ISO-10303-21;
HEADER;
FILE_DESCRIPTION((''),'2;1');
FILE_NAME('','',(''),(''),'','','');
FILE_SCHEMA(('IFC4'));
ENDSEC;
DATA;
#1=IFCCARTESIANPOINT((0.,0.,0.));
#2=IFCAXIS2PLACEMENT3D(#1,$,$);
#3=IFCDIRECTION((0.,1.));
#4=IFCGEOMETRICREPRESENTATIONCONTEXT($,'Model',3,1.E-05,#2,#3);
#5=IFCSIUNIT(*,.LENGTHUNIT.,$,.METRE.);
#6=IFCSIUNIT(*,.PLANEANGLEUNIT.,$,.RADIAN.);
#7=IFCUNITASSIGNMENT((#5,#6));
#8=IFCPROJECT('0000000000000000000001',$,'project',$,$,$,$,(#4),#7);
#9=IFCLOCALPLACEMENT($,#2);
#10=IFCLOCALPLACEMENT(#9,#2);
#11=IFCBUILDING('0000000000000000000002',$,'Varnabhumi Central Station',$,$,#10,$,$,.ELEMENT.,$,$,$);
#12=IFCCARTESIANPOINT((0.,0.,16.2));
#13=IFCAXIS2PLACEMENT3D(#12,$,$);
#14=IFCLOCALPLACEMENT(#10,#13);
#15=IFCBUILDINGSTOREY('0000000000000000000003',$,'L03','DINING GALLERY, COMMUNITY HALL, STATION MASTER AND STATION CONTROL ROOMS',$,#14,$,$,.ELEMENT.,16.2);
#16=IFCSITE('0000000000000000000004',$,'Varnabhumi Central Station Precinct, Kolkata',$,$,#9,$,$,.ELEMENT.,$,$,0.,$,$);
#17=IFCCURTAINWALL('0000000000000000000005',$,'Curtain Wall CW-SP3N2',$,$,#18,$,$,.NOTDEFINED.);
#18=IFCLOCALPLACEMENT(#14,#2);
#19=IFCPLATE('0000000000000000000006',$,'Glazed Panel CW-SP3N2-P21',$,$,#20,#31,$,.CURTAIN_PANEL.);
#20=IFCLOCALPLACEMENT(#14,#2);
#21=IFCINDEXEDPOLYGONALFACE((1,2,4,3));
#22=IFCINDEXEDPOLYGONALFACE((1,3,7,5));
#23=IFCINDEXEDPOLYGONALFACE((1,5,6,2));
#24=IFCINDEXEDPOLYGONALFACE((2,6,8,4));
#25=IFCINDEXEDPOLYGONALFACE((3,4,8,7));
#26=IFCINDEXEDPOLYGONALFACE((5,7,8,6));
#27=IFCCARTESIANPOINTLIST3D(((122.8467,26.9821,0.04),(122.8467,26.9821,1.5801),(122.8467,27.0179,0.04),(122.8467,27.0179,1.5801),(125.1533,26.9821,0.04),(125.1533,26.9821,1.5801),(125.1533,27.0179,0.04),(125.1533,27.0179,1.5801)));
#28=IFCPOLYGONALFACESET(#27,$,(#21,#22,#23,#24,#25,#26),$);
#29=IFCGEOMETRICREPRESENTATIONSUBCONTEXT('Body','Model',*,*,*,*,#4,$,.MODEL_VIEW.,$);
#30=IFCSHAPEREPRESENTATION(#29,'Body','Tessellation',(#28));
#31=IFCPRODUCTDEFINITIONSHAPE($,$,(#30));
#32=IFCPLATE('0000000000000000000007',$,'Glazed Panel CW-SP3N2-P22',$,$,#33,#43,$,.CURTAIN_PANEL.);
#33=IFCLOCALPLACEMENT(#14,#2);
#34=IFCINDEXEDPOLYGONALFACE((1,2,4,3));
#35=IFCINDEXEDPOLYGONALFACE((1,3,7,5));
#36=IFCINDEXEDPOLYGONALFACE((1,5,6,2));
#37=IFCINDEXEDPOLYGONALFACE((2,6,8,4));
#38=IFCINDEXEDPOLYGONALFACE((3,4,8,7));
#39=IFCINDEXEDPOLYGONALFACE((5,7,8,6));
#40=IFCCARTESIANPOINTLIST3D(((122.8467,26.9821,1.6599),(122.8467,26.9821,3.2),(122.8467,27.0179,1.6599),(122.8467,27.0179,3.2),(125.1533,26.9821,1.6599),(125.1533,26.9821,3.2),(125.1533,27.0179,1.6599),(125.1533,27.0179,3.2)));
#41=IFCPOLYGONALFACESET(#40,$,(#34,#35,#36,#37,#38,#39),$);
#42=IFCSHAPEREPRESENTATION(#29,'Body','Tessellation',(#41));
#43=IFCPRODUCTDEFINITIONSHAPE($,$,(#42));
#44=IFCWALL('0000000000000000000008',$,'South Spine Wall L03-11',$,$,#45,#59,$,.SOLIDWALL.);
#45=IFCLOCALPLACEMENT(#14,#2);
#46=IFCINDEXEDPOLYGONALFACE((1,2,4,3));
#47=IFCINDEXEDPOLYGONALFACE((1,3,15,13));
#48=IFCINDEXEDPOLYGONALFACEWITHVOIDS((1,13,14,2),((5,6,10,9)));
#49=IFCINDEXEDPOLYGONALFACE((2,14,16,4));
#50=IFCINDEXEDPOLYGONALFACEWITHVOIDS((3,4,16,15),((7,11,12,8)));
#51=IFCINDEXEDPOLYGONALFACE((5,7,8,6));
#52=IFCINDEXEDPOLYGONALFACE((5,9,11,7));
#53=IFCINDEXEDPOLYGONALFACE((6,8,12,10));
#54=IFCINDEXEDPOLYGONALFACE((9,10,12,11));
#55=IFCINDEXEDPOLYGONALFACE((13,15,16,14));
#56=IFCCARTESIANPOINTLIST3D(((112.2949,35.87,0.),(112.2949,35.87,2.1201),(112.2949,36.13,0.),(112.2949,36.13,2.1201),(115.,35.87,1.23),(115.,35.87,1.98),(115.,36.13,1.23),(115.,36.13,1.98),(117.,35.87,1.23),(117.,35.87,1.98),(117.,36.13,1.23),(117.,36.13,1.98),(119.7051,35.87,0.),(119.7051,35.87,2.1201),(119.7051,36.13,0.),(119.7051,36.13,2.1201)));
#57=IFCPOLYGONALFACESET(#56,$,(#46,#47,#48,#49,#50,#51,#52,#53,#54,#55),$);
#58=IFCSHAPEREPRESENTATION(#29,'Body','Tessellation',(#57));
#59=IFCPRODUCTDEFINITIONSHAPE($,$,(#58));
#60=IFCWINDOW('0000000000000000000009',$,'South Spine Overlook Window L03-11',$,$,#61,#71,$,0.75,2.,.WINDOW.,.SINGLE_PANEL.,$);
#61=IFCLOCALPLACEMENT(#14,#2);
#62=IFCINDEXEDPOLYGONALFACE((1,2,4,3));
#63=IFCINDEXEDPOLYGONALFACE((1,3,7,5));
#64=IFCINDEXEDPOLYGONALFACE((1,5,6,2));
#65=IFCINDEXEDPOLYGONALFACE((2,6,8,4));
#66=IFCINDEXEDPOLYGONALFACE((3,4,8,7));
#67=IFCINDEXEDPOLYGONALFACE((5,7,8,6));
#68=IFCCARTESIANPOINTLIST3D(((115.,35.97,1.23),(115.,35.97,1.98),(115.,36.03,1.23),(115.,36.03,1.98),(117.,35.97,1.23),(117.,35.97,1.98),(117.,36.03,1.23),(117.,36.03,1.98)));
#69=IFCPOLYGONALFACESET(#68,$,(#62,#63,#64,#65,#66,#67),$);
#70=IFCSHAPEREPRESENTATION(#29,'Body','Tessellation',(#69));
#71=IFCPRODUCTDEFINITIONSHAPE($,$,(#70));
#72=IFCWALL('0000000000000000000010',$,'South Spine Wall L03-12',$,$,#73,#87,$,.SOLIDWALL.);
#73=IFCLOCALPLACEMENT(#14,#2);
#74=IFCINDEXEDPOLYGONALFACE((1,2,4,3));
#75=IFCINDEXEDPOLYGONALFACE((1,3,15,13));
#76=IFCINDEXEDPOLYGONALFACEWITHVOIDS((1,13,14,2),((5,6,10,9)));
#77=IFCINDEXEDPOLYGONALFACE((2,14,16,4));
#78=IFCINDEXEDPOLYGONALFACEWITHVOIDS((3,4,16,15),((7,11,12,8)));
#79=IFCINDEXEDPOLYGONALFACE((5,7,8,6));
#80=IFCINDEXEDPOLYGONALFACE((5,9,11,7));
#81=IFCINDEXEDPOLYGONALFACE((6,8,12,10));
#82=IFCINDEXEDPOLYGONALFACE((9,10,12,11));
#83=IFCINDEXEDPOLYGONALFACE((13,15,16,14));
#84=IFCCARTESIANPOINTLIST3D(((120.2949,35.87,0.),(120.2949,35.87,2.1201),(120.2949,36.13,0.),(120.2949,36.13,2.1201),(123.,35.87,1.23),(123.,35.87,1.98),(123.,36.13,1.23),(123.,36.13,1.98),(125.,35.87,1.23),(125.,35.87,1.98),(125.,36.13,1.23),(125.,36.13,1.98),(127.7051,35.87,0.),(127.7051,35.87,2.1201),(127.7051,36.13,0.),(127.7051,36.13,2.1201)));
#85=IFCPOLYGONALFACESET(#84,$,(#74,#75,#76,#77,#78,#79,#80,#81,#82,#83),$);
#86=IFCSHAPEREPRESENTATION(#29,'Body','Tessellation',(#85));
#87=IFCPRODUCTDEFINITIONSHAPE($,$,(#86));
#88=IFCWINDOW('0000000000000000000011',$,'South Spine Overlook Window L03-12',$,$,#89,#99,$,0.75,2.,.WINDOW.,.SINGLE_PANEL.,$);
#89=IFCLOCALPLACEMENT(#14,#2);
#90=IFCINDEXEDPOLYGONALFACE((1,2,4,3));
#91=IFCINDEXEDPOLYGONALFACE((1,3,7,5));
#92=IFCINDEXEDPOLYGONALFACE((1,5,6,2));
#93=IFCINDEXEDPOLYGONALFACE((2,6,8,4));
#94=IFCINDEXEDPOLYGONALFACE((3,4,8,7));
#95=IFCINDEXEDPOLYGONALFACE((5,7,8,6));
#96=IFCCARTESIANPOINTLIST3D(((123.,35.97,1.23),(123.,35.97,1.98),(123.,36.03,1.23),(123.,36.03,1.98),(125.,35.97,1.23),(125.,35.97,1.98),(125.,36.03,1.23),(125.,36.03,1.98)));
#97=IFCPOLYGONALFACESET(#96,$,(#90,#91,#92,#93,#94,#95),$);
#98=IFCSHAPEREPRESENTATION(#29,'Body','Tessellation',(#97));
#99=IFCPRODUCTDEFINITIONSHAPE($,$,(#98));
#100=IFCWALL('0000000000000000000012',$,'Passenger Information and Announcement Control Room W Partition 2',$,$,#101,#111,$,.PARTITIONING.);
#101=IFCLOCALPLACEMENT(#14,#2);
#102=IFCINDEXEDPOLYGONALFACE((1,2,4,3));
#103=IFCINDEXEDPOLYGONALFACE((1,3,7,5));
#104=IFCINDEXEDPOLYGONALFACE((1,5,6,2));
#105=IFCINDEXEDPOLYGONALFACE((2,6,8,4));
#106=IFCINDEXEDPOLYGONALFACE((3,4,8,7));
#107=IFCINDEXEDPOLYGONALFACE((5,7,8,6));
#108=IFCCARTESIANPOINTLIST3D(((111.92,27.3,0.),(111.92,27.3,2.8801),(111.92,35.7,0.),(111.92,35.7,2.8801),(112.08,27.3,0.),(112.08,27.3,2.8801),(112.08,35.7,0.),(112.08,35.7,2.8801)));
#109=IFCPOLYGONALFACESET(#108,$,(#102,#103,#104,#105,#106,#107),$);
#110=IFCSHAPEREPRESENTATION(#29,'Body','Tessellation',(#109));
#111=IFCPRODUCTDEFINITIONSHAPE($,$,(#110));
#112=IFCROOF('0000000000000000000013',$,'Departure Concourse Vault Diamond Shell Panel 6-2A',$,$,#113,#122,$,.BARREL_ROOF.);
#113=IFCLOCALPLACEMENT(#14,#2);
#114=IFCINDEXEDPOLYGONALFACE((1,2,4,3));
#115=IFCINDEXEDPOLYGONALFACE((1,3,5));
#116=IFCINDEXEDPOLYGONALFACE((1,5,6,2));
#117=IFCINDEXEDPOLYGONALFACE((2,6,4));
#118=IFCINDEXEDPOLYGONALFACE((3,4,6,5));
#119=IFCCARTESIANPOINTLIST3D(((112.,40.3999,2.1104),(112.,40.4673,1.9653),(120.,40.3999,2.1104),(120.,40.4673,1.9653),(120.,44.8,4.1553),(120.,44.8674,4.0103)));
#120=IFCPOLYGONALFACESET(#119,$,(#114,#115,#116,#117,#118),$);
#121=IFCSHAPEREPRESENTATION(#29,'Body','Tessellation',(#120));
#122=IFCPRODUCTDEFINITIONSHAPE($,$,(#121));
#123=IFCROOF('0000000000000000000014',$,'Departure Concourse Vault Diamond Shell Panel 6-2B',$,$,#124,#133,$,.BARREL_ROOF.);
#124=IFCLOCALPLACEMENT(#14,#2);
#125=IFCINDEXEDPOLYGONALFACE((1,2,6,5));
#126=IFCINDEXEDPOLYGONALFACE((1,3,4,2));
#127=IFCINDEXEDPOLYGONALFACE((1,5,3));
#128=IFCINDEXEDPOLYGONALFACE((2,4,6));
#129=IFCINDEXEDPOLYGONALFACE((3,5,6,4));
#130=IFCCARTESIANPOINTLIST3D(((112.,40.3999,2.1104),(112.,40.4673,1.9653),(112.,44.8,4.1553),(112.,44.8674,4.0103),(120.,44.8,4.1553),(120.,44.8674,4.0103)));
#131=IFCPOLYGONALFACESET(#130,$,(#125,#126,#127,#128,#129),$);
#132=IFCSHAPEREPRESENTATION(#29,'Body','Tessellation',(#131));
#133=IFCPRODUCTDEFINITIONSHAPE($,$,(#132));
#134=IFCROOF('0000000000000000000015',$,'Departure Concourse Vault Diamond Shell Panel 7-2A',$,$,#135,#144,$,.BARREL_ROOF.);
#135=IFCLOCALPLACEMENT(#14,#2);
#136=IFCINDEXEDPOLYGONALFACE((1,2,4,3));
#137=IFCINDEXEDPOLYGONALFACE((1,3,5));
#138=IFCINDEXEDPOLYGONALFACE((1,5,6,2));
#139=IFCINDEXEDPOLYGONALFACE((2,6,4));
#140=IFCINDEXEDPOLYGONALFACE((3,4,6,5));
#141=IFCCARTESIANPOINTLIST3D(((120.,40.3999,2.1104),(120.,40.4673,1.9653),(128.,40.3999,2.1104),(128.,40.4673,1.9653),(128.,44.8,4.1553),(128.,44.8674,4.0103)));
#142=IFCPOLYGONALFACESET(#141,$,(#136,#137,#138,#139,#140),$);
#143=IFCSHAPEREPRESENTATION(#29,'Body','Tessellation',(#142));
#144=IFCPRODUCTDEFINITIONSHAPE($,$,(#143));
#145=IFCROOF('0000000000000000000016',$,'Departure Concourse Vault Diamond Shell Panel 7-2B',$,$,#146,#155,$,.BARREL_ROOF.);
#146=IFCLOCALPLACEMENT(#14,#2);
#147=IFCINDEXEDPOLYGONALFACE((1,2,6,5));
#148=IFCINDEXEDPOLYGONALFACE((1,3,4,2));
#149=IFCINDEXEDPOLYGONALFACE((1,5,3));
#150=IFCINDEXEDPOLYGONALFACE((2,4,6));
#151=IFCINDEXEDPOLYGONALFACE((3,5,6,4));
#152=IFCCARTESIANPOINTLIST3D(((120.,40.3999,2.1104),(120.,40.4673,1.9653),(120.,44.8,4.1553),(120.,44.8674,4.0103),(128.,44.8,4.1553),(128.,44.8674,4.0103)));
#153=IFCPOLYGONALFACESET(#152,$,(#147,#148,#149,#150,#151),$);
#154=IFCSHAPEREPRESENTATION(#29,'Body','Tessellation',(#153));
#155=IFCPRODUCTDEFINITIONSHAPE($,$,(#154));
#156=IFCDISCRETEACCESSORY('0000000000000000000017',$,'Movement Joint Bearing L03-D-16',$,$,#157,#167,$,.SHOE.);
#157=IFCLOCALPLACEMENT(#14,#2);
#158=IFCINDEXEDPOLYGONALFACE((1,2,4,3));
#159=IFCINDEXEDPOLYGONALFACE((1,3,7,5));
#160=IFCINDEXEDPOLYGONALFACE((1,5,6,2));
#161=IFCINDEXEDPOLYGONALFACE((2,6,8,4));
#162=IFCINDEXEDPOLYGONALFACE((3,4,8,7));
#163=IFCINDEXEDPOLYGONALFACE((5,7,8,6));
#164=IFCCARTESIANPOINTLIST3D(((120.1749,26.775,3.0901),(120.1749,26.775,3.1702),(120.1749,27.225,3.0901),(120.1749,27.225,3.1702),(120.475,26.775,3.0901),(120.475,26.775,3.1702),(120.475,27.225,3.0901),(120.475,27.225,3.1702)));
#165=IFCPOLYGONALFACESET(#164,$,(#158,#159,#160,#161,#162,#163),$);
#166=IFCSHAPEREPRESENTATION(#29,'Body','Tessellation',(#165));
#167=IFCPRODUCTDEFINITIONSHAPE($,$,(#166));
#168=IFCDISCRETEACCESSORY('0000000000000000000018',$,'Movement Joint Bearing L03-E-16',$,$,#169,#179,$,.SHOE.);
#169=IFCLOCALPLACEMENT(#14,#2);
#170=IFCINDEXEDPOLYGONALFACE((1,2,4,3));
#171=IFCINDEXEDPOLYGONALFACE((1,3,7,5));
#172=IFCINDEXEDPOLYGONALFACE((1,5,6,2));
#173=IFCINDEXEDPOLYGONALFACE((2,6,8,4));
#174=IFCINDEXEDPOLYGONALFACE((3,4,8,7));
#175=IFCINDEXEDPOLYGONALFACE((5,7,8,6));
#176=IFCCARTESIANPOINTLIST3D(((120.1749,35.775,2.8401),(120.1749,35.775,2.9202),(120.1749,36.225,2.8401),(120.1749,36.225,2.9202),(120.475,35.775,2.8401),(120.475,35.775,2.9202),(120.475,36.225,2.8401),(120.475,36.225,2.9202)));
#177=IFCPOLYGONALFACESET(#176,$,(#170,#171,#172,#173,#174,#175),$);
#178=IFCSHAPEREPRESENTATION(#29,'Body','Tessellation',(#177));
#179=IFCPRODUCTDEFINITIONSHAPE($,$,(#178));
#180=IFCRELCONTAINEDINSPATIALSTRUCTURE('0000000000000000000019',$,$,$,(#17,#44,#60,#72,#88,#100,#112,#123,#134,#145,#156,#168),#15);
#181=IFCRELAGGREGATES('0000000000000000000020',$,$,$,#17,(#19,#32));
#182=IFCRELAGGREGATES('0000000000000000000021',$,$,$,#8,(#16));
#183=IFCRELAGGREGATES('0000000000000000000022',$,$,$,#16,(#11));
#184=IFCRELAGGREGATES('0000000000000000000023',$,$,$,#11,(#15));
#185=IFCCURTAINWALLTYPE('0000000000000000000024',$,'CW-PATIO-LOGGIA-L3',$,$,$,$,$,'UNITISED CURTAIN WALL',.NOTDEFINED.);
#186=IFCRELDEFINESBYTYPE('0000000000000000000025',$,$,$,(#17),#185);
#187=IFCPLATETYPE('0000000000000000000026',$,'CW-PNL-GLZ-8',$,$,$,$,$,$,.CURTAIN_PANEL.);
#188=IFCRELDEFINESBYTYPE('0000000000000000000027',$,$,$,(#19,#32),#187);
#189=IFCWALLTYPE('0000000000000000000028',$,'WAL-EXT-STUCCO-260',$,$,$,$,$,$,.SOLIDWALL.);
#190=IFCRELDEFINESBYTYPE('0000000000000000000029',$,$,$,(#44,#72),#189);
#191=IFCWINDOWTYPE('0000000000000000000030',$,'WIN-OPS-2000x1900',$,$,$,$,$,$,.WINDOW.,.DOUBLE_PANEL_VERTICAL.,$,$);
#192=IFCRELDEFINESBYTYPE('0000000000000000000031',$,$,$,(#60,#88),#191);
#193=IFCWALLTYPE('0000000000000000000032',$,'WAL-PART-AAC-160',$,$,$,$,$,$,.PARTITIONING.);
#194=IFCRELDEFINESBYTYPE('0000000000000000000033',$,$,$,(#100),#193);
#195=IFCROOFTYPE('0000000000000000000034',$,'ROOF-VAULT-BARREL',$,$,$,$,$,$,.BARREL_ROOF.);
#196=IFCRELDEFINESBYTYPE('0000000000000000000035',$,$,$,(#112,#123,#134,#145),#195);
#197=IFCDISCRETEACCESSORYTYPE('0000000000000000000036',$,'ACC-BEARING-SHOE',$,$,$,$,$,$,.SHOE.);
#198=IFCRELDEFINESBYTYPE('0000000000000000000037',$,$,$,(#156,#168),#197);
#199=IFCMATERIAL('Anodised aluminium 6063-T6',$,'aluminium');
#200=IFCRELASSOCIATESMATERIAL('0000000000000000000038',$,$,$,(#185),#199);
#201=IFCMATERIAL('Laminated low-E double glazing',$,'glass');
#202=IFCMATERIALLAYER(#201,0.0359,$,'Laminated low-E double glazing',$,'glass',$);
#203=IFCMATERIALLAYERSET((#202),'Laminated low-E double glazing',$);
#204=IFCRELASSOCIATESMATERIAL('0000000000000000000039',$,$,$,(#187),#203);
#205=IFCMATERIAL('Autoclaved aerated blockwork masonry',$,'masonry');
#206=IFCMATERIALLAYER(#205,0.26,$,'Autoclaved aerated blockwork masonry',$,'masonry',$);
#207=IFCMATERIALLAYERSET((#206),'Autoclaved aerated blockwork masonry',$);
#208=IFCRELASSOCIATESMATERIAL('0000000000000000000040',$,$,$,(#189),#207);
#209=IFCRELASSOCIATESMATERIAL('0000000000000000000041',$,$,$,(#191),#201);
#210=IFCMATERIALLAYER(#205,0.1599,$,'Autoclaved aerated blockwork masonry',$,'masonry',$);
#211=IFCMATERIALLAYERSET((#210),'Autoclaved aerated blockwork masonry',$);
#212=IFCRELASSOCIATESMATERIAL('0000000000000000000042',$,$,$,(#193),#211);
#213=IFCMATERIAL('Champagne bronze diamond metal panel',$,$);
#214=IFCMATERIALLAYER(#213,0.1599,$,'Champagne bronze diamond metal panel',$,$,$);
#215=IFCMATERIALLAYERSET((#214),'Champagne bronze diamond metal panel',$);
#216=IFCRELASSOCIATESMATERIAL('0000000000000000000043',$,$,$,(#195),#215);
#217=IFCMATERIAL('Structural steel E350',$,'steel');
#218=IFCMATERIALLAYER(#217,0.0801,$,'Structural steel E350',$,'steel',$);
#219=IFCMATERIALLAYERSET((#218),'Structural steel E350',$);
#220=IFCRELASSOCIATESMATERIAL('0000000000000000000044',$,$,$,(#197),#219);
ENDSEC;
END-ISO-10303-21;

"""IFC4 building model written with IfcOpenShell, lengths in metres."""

from ifc_helpers import new_model, si_unit, direction, frame, frame_2d, origin, origin_2d, place, context, subcontext, project, spatial, polyline, rectangle, outline, extrude, material, layer, layer_set, type_object, element, fill, aggregate, save


model = new_model("IFC4")

# Units and contexts
model_context = context("Model", 3, precision=1e-05, world=origin(), true_north=direction((0.0, 1.0)))
body_context = subcontext(model_context, "Body", "Model", "MODEL_VIEW")
ifc_project = project(units=[si_unit("LENGTHUNIT", "METRE"), si_unit("PLANEANGLEUNIT", "RADIAN")], contexts=[model_context])

# Site, building, storey
site_placement = place(None, origin())
site = spatial("IfcSite", under=ifc_project, at=site_placement, Name="Varnabhumi Central Station Precinct, Kolkata", CompositionType="ELEMENT", RefElevation=0.0)
building_placement = place(site_placement, origin())
building = spatial("IfcBuilding", under=site, at=building_placement, Name="Varnabhumi Central Station", CompositionType="ELEMENT")
storey_placement = place(building_placement, frame((0.0, 0.0, 16.2)))
storey = spatial("IfcBuildingStorey", under=building, at=storey_placement, Name="L03", Description="DINING GALLERY, COMMUNITY HALL, STATION MASTER AND STATION CONTROL ROOMS", CompositionType="ELEMENT", Elevation=16.2)

# Shared definitions
ifc_material_1 = material(Name="Structural steel E350", Category="steel")

# Shared definitions
ifc_material_2 = material(Name="Anodised aluminium 6063-T6", Category="aluminium")

# Curtain wall
curtain_wall_type_1 = type_object("IfcCurtainWallType", Name="CW-PATIO-LOGGIA-L3", ElementType="UNITISED CURTAIN WALL", PredefinedType="NOTDEFINED", material=ifc_material_2)
curtain_wall_1_placement = place(storey_placement, origin())
curtain_wall_1 = element("IfcCurtainWall", 1, at=curtain_wall_1_placement, inside=storey, type_object=curtain_wall_type_1, Name="Curtain Wall CW-SP3N2", PredefinedType="NOTDEFINED")

# Plates
ifc_material_3 = material(Name="Laminated low-E double glazing", Category="glass")
ifc_layer_1 = layer(ifc_material_3, 0.0359, Name="Laminated low-E double glazing", Category="glass")
ifc_layer_set_1 = layer_set([ifc_layer_1], Name="Laminated low-E double glazing")
plate_type_1 = type_object("IfcPlateType", Name="CW-PNL-GLZ-8", PredefinedType="CURTAIN_PANEL", material=ifc_layer_set_1)
plate_1_placement = place(storey_placement, frame((124.0, 27.0, 0.04), z_axis=(0.0, 0.0, 1.0), x_axis=(1.0, 0.0, 0.0)))
plate_1 = element("IfcPlate", 2, at=plate_1_placement, type_object=plate_type_1, Name="Glazed Panel CW-SP3N2-P21", PredefinedType="CURTAIN_PANEL", context=body_context, shape_type="SweptSolid", body=[
    extrude(rectangle(XDim=2.3066, YDim=0.0359, at=origin_2d()), origin(), (0.0, 0.0, 1.0), 1.54),
])
plate_2_placement = place(storey_placement, frame((124.0, 27.0, 1.6599), z_axis=(0.0, 0.0, 1.0), x_axis=(1.0, 0.0, 0.0)))
plate_2 = element("IfcPlate", 3, at=plate_2_placement, type_object=plate_type_1, Name="Glazed Panel CW-SP3N2-P22", PredefinedType="CURTAIN_PANEL", context=body_context, shape_type="SweptSolid", body=[
    extrude(rectangle(XDim=2.3066, YDim=0.0359, at=origin_2d()), origin(), (0.0, 0.0, 1.0), 1.54),
])
aggregate(curtain_wall_1, [plate_1, plate_2])

# Walls, openings, windows
ifc_material_4 = material(Name="Autoclaved aerated blockwork masonry", Category="masonry")
ifc_layer_2 = layer(ifc_material_4, 0.26, Name="Autoclaved aerated blockwork masonry", Category="masonry")
ifc_layer_set_2 = layer_set([ifc_layer_2], Name="Autoclaved aerated blockwork masonry")
wall_type_1 = type_object("IfcWallType", Name="WAL-EXT-STUCCO-260", PredefinedType="SOLIDWALL", material=ifc_layer_set_2)
wall_1_placement = place(storey_placement, frame((112.2949, 36.0, 0.0), z_axis=(0.0, 0.0, 1.0), x_axis=(1.0, 0.0, 0.0)))
wall_1 = element("IfcWall", 4, at=wall_1_placement, inside=storey, type_object=wall_type_1, Name="South Spine Wall L03-11", PredefinedType="SOLIDWALL", context=body_context, shape_type="SweptSolid", body=[
    extrude(rectangle(XDim=7.4102, YDim=0.26, at=frame_2d((3.7051, 0.0))), origin(), (0.0, 0.0, 1.0), 2.1201),
])
opening_1_placement = place(wall_1_placement, frame((2.7051, 0.0, 1.23)))
opening_1 = element("IfcOpeningElement", 5, at=opening_1_placement, cuts=wall_1, PredefinedType="OPENING", context=body_context, shape_type="SweptSolid", body=[
    extrude(rectangle(XDim=2.0, YDim=0.75, at=frame_2d((1.0, 0.375))), frame((0.0, 0.1399, 0.0), z_axis=(0.0, -1.0, 0.0), x_axis=(1.0, 0.0, 0.0)), (0.0, 0.0, 1.0), 0.28),
])
window_type = type_object("IfcWindowType", Name="WIN-OPS-2000x1900", PartitioningType="DOUBLE_PANEL_VERTICAL", PredefinedType="WINDOW", material=ifc_material_3)
window_1_placement = place(opening_1_placement, origin())
window_1 = element("IfcWindow", 6, at=window_1_placement, inside=storey, type_object=window_type, Name="South Spine Overlook Window L03-11", OverallHeight=0.75, OverallWidth=2.0, PartitioningType="SINGLE_PANEL", PredefinedType="WINDOW", context=body_context, shape_type="SweptSolid", body=[
    extrude(rectangle(XDim=2.0, YDim=0.75, at=frame_2d((1.0, 0.375))), frame((0.0, 0.03, 0.0), z_axis=(0.0, -1.0, 0.0), x_axis=(1.0, 0.0, 0.0)), (0.0, 0.0, 1.0), 0.0601),
])
fill(opening_1, window_1)
wall_2_placement = place(storey_placement, frame((120.2949, 36.0, 0.0), z_axis=(0.0, 0.0, 1.0), x_axis=(1.0, 0.0, 0.0)))
wall_2 = element("IfcWall", 7, at=wall_2_placement, inside=storey, type_object=wall_type_1, Name="South Spine Wall L03-12", PredefinedType="SOLIDWALL", context=body_context, shape_type="SweptSolid", body=[
    extrude(rectangle(XDim=7.4102, YDim=0.26, at=frame_2d((3.7051, 0.0))), origin(), (0.0, 0.0, 1.0), 2.1201),
])
opening_2_placement = place(wall_2_placement, frame((2.7051, 0.0, 1.23)))
opening_2 = element("IfcOpeningElement", 8, at=opening_2_placement, cuts=wall_2, PredefinedType="OPENING", context=body_context, shape_type="SweptSolid", body=[
    extrude(rectangle(XDim=2.0, YDim=0.75, at=frame_2d((1.0, 0.375))), frame((0.0, 0.1399, 0.0), z_axis=(0.0, -1.0, 0.0), x_axis=(1.0, 0.0, 0.0)), (0.0, 0.0, 1.0), 0.28),
])
window_2_placement = place(opening_2_placement, origin())
window_2 = element("IfcWindow", 9, at=window_2_placement, inside=storey, type_object=window_type, Name="South Spine Overlook Window L03-12", OverallHeight=0.75, OverallWidth=2.0, PartitioningType="SINGLE_PANEL", PredefinedType="WINDOW", context=body_context, shape_type="SweptSolid", body=[
    extrude(rectangle(XDim=2.0, YDim=0.75, at=frame_2d((1.0, 0.375))), frame((0.0, 0.03, 0.0), z_axis=(0.0, -1.0, 0.0), x_axis=(1.0, 0.0, 0.0)), (0.0, 0.0, 1.0), 0.0601),
])
fill(opening_2, window_2)

# Wall
ifc_layer_3 = layer(ifc_material_4, 0.1599, Name="Autoclaved aerated blockwork masonry", Category="masonry")
ifc_layer_set_3 = layer_set([ifc_layer_3], Name="Autoclaved aerated blockwork masonry")
wall_type_2 = type_object("IfcWallType", Name="WAL-PART-AAC-160", PredefinedType="PARTITIONING", material=ifc_layer_set_3)
wall_3_placement = place(storey_placement, frame((112.0, 27.3, 0.0), z_axis=(0.0, 0.0, 1.0), x_axis=(0.0, 1.0, 0.0)))
element("IfcWall", 10, at=wall_3_placement, inside=storey, type_object=wall_type_2, Name="Passenger Information and Announcement Control Room W Partition 2", PredefinedType="PARTITIONING", context=body_context, shape_type="SweptSolid", body=[
    extrude(rectangle(XDim=8.3999, YDim=0.1599, at=frame_2d((4.2, 0.0))), origin(), (0.0, 0.0, 1.0), 2.8801),
])

# Roofs
ifc_material_5 = material(Name="Champagne bronze diamond metal panel")
ifc_layer_4 = layer(ifc_material_5, 0.1599, Name="Champagne bronze diamond metal panel")
ifc_layer_set_4 = layer_set([ifc_layer_4], Name="Champagne bronze diamond metal panel")
roof_type = type_object("IfcRoofType", Name="ROOF-VAULT-BARREL", PredefinedType="BARREL_ROOF", material=ifc_layer_set_4)
roof_1_placement = place(storey_placement, frame((112.0, 40.3999, 2.1104), z_axis=(0.0, -0.42145, 0.906852), x_axis=(1.0, 0.0, 0.0)))
element("IfcRoof", 11, at=roof_1_placement, inside=storey, type_object=roof_type, Name="Departure Concourse Vault Diamond Shell Panel 6-2A", PredefinedType="BARREL_ROOF", context=body_context, shape_type="SweptSolid", body=[
    extrude(outline(polyline([(0.0, 0.0), (8.0, 0.0), (8.0, 4.8521), (0.0, 0.0)])), origin(), (0.0, 0.0, -1.0), 0.1599),
])
roof_2_placement = place(storey_placement, frame((112.0, 40.3999, 2.1104), z_axis=(0.0, -0.42145, 0.906852), x_axis=(0.855026, 0.47028, 0.218558)))
element("IfcRoof", 12, at=roof_2_placement, inside=storey, type_object=roof_type, Name="Departure Concourse Vault Diamond Shell Panel 6-2B", PredefinedType="BARREL_ROOF", context=body_context, shape_type="SweptSolid", body=[
    extrude(outline(polyline([(0.0, 0.0), (9.3564, 0.0), (2.5162, 4.1487), (0.0, 0.0)])), origin(), (0.0, 0.0, -1.0), 0.1599),
])
roof_3_placement = place(storey_placement, frame((120.0, 40.3999, 2.1104), z_axis=(0.0, -0.42145, 0.906852), x_axis=(1.0, 0.0, 0.0)))
element("IfcRoof", 13, at=roof_3_placement, inside=storey, type_object=roof_type, Name="Departure Concourse Vault Diamond Shell Panel 7-2A", PredefinedType="BARREL_ROOF", context=body_context, shape_type="SweptSolid", body=[
    extrude(outline(polyline([(0.0, 0.0), (8.0, 0.0), (8.0, 4.8521), (0.0, 0.0)])), origin(), (0.0, 0.0, -1.0), 0.1599),
])
roof_4_placement = place(storey_placement, frame((120.0, 40.3999, 2.1104), z_axis=(0.0, -0.42145, 0.906852), x_axis=(0.855026, 0.47028, 0.218558)))
element("IfcRoof", 14, at=roof_4_placement, inside=storey, type_object=roof_type, Name="Departure Concourse Vault Diamond Shell Panel 7-2B", PredefinedType="BARREL_ROOF", context=body_context, shape_type="SweptSolid", body=[
    extrude(outline(polyline([(0.0, 0.0), (9.3564, 0.0), (2.5162, 4.1487), (0.0, 0.0)])), origin(), (0.0, 0.0, -1.0), 0.1599),
])

# Discrete accessories
ifc_layer_5 = layer(ifc_material_1, 0.0801, Name="Structural steel E350", Category="steel")
ifc_layer_set_5 = layer_set([ifc_layer_5], Name="Structural steel E350")
discrete_accessory_type = type_object("IfcDiscreteAccessoryType", Name="ACC-BEARING-SHOE", PredefinedType="SHOE", material=ifc_layer_set_5)
for number, where, z_axis, x_axis, name in (
    (15, (120.325, 27.0, 3.0901), (0.0, 0.0, 1.0), (1.0, 0.0, 0.0), "Movement Joint Bearing L03-D-16"),
    (16, (120.325, 36.0, 2.8401), (0.0, 0.0, 1.0), (1.0, 0.0, 0.0), "Movement Joint Bearing L03-E-16"),
):
    element("IfcDiscreteAccessory", number, at=place(storey_placement, frame(where, z_axis=z_axis, x_axis=x_axis)), inside=storey, type_object=discrete_accessory_type, Name=name, PredefinedType="SHOE", context=body_context, shape_type="SweptSolid", body=[
        extrude(rectangle(XDim=0.3, YDim=0.45, at=origin_2d()), origin(), (0.0, 0.0, 1.0), 0.0801),
    ])

save(model, "model.ifc")
